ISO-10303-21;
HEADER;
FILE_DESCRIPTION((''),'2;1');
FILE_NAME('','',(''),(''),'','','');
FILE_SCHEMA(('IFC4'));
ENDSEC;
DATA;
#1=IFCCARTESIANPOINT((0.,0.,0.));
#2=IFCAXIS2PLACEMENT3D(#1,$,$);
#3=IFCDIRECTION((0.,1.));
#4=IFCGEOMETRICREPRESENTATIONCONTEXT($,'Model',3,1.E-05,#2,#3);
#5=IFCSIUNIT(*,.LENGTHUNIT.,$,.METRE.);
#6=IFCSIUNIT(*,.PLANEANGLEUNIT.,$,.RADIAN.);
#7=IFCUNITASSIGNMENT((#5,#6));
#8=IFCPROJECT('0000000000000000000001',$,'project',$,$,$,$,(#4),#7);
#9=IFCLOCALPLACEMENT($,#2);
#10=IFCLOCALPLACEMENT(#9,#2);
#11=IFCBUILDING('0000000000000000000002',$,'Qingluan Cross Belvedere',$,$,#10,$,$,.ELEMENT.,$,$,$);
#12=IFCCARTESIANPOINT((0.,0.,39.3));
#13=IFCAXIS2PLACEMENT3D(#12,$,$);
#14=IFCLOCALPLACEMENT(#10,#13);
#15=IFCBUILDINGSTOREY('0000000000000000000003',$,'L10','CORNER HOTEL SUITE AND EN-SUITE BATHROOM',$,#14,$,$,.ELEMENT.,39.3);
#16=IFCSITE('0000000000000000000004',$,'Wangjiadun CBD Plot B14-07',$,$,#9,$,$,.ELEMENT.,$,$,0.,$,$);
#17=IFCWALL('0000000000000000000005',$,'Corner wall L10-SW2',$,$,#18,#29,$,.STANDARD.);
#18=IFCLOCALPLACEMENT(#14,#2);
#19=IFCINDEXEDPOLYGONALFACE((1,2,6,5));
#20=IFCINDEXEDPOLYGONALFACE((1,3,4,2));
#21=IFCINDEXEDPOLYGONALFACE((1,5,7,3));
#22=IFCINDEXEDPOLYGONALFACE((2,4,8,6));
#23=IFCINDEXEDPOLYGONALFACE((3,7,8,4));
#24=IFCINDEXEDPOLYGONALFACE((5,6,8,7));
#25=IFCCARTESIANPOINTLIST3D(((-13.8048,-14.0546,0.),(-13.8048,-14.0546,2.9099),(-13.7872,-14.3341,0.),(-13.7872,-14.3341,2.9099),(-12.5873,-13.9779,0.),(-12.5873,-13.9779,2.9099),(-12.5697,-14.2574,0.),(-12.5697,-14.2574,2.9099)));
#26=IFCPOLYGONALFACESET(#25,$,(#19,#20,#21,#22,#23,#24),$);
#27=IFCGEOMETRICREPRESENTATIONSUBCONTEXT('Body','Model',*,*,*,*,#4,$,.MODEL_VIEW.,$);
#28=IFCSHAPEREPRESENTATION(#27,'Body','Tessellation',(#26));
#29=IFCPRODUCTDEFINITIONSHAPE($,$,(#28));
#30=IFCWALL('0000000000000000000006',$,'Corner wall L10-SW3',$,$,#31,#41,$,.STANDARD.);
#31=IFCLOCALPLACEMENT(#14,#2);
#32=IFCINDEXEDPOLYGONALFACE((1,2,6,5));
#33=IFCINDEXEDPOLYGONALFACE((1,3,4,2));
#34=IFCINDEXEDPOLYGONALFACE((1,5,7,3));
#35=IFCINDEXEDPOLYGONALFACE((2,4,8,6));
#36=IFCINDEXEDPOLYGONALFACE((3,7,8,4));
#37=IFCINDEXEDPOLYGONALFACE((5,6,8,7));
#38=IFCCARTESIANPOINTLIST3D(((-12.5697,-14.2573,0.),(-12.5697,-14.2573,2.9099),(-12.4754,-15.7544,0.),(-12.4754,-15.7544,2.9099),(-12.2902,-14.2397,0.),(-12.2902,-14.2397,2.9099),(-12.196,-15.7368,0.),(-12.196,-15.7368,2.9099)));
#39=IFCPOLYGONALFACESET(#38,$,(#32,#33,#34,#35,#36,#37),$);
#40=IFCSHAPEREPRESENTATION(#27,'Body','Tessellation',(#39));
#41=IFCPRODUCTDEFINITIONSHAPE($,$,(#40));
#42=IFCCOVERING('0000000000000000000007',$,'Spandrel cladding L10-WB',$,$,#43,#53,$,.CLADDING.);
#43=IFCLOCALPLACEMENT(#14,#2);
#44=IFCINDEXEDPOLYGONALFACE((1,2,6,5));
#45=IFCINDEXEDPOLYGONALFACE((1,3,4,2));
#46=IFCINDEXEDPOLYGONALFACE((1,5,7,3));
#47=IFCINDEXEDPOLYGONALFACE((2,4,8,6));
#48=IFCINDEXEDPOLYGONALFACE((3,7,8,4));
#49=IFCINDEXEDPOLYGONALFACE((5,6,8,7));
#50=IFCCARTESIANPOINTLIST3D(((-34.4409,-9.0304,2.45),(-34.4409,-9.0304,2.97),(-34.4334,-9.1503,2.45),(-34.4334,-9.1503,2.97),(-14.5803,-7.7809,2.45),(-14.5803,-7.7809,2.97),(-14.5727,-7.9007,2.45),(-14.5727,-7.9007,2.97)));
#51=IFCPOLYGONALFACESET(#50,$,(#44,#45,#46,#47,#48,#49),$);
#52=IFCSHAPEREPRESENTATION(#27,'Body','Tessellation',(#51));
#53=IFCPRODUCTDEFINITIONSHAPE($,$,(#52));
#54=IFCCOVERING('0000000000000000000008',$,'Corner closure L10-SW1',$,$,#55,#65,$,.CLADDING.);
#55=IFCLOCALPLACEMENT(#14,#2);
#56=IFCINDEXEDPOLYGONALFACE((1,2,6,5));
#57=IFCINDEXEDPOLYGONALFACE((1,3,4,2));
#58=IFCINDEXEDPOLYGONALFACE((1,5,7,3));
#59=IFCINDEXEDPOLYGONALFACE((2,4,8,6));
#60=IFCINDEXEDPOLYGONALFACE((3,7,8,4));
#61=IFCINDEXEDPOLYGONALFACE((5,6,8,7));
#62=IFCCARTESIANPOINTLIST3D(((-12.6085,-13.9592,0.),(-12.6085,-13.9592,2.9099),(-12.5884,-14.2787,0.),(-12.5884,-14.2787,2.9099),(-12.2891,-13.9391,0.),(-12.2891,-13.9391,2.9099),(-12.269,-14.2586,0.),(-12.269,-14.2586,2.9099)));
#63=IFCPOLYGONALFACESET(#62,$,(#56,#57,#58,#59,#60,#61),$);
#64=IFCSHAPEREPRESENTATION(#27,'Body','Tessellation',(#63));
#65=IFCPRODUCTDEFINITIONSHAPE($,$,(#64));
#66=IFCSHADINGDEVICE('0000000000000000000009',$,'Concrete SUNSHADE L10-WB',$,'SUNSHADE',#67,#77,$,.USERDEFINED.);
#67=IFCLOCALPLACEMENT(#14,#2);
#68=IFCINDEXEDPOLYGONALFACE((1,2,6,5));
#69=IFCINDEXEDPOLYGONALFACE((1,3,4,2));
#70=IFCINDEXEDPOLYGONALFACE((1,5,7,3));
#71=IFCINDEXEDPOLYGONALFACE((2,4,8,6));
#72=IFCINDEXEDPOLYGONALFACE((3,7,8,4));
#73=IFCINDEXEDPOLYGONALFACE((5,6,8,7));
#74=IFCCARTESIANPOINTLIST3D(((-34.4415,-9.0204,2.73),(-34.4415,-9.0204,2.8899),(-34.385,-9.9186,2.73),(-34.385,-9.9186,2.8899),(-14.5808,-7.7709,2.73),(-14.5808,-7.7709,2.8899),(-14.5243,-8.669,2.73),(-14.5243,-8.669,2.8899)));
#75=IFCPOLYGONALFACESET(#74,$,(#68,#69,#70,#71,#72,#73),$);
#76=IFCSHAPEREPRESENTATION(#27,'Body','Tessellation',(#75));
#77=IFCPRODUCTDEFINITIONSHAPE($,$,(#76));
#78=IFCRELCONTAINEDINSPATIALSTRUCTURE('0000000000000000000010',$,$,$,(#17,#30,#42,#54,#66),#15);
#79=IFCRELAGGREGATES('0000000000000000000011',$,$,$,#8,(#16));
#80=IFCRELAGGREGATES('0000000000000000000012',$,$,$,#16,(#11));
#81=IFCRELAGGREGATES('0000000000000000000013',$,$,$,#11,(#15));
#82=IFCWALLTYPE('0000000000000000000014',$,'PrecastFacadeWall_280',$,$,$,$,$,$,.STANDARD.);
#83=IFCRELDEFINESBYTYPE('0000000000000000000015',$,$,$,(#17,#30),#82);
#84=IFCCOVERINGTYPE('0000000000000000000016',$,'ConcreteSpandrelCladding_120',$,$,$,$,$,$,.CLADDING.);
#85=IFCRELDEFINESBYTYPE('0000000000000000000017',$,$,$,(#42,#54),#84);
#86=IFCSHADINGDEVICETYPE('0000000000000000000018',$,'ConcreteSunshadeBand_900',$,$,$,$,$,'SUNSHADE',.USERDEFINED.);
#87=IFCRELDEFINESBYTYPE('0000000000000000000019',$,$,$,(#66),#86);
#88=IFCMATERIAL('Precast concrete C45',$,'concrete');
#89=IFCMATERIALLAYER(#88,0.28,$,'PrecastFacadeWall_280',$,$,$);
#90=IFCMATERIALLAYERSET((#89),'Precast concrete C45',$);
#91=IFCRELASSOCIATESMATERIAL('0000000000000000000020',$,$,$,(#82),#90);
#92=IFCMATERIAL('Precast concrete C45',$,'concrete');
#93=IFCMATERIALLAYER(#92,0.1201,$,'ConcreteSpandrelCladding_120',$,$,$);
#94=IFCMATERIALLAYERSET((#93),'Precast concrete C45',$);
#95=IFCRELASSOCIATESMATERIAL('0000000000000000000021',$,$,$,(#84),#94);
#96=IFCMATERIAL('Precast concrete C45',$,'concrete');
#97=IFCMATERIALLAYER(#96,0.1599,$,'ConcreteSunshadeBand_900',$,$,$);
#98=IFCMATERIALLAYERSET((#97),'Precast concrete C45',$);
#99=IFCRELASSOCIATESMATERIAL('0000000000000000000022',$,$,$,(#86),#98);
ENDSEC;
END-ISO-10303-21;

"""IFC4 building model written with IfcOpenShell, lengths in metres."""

from ifc_helpers import new_model, si_unit, direction, frame, frame_2d, origin, origin_2d, place, context, subcontext, project, spatial, rectangle, extrude, material, layer, layer_set, type_object, element, save


model = new_model("IFC4")

# Units and contexts
model_context = context("Model", 3, precision=1e-05, world=origin(), true_north=direction((0.0, 1.0)))
body_context = subcontext(model_context, "Body", "Model", "MODEL_VIEW")
ifc_project = project(units=[si_unit("LENGTHUNIT", "METRE"), si_unit("PLANEANGLEUNIT", "RADIAN")], contexts=[model_context])

# Site, building, storey
site_placement = place(None, origin())
site = spatial("IfcSite", under=ifc_project, at=site_placement, Name="Wangjiadun CBD Plot B14-07", CompositionType="ELEMENT", RefElevation=0.0)
building_placement = place(site_placement, origin())
building = spatial("IfcBuilding", under=site, at=building_placement, Name="Qingluan Cross Belvedere", CompositionType="ELEMENT")
storey_placement = place(building_placement, frame((0.0, 0.0, 39.3)))
storey = spatial("IfcBuildingStorey", under=building, at=storey_placement, Name="L10", Description="CORNER HOTEL SUITE AND EN-SUITE BATHROOM", CompositionType="ELEMENT", Elevation=39.3)

# Shared definitions
ifc_material_1 = material(Name="Precast concrete C45", Category="concrete")
ifc_layer_1 = layer(ifc_material_1, 0.28, Name="PrecastFacadeWall_280")
ifc_layer_set_1 = layer_set([ifc_layer_1], Name="Precast concrete C45")
wall_type_1 = type_object("IfcWallType", Name="PrecastFacadeWall_280", PredefinedType="STANDARD", material=ifc_layer_set_1)

# Walls
wall_1_placement = place(storey_placement, frame((-13.7959, -14.1943, 0.0), z_axis=(0.0, 0.0, 1.0), x_axis=(0.998024, 0.062839, 0.0)))
element("IfcWall", 1, at=wall_1_placement, inside=storey, type_object=wall_type_1, Name="Corner wall L10-SW2", PredefinedType="STANDARD", context=body_context, shape_type="SweptSolid", body=[
    extrude(rectangle(XDim=1.22, YDim=0.28, at=frame_2d((0.6099, 0.0))), origin(), (0.0, 0.0, 1.0), 2.9099),
])
wall_2_placement = place(storey_placement, frame((-12.4299, -14.2485, 0.0), z_axis=(0.0, 0.0, 1.0), x_axis=(0.062824, -0.998025, 0.0)))
element("IfcWall", 2, at=wall_2_placement, inside=storey, type_object=wall_type_1, Name="Corner wall L10-SW3", PredefinedType="STANDARD", context=body_context, shape_type="SweptSolid", body=[
    extrude(rectangle(XDim=1.5, YDim=0.28, at=frame_2d((0.75, 0.0))), origin(), (0.0, 0.0, 1.0), 2.9099),
])

# Coverings
ifc_material_2 = material(Name="Precast concrete C45", Category="concrete")
ifc_layer_2 = layer(ifc_material_2, 0.1201, Name="ConcreteSpandrelCladding_120")
ifc_layer_set_2 = layer_set([ifc_layer_2], Name="Precast concrete C45")
covering_type = type_object("IfcCoveringType", Name="ConcreteSpandrelCladding_120", PredefinedType="CLADDING", material=ifc_layer_set_2)
covering_1_placement = place(storey_placement, frame((-24.5068, -8.4656, 2.45), z_axis=(0.0, 0.0, 1.0), x_axis=(0.998027, 0.062791, 0.0)))
element("IfcCovering", 3, at=covering_1_placement, inside=storey, type_object=covering_type, Name="Spandrel cladding L10-WB", PredefinedType="CLADDING", context=body_context, shape_type="SweptSolid", body=[
    extrude(rectangle(XDim=19.8999, YDim=0.1201, at=origin_2d()), origin(), (0.0, 0.0, 1.0), 0.52),
])
covering_2_placement = place(storey_placement, frame((-12.4387, -14.1089, 0.0), z_axis=(0.0, 0.0, 1.0), x_axis=(0.998027, 0.062791, 0.0)))
element("IfcCovering", 4, at=covering_2_placement, inside=storey, type_object=covering_type, Name="Corner closure L10-SW1", PredefinedType="CLADDING", context=body_context, shape_type="SweptSolid", body=[
    extrude(rectangle(XDim=0.3201, YDim=0.3201, at=origin_2d()), origin(), (0.0, 0.0, 1.0), 2.9099),
])

# Shading device
ifc_material_3 = material(Name="Precast concrete C45", Category="concrete")
ifc_layer_3 = layer(ifc_material_3, 0.1599, Name="ConcreteSunshadeBand_900")
ifc_layer_set_3 = layer_set([ifc_layer_3], Name="Precast concrete C45")
shading_device_type = type_object("IfcShadingDeviceType", Name="ConcreteSunshadeBand_900", ElementType="SUNSHADE", PredefinedType="USERDEFINED", material=ifc_layer_set_3)
shading_device_placement = place(storey_placement, frame((-24.4829, -8.8447, 2.73), z_axis=(0.0, 0.0, 1.0), x_axis=(0.998027, 0.062791, 0.0)))
element("IfcShadingDevice", 5, at=shading_device_placement, inside=storey, type_object=shading_device_type, Name="Concrete SUNSHADE L10-WB", ObjectType="SUNSHADE", PredefinedType="USERDEFINED", context=body_context, shape_type="SweptSolid", body=[
    extrude(rectangle(XDim=19.8999, YDim=0.8999, at=origin_2d()), origin(), (0.0, 0.0, 1.0), 0.1599),
])

save(model, "model.ifc")
